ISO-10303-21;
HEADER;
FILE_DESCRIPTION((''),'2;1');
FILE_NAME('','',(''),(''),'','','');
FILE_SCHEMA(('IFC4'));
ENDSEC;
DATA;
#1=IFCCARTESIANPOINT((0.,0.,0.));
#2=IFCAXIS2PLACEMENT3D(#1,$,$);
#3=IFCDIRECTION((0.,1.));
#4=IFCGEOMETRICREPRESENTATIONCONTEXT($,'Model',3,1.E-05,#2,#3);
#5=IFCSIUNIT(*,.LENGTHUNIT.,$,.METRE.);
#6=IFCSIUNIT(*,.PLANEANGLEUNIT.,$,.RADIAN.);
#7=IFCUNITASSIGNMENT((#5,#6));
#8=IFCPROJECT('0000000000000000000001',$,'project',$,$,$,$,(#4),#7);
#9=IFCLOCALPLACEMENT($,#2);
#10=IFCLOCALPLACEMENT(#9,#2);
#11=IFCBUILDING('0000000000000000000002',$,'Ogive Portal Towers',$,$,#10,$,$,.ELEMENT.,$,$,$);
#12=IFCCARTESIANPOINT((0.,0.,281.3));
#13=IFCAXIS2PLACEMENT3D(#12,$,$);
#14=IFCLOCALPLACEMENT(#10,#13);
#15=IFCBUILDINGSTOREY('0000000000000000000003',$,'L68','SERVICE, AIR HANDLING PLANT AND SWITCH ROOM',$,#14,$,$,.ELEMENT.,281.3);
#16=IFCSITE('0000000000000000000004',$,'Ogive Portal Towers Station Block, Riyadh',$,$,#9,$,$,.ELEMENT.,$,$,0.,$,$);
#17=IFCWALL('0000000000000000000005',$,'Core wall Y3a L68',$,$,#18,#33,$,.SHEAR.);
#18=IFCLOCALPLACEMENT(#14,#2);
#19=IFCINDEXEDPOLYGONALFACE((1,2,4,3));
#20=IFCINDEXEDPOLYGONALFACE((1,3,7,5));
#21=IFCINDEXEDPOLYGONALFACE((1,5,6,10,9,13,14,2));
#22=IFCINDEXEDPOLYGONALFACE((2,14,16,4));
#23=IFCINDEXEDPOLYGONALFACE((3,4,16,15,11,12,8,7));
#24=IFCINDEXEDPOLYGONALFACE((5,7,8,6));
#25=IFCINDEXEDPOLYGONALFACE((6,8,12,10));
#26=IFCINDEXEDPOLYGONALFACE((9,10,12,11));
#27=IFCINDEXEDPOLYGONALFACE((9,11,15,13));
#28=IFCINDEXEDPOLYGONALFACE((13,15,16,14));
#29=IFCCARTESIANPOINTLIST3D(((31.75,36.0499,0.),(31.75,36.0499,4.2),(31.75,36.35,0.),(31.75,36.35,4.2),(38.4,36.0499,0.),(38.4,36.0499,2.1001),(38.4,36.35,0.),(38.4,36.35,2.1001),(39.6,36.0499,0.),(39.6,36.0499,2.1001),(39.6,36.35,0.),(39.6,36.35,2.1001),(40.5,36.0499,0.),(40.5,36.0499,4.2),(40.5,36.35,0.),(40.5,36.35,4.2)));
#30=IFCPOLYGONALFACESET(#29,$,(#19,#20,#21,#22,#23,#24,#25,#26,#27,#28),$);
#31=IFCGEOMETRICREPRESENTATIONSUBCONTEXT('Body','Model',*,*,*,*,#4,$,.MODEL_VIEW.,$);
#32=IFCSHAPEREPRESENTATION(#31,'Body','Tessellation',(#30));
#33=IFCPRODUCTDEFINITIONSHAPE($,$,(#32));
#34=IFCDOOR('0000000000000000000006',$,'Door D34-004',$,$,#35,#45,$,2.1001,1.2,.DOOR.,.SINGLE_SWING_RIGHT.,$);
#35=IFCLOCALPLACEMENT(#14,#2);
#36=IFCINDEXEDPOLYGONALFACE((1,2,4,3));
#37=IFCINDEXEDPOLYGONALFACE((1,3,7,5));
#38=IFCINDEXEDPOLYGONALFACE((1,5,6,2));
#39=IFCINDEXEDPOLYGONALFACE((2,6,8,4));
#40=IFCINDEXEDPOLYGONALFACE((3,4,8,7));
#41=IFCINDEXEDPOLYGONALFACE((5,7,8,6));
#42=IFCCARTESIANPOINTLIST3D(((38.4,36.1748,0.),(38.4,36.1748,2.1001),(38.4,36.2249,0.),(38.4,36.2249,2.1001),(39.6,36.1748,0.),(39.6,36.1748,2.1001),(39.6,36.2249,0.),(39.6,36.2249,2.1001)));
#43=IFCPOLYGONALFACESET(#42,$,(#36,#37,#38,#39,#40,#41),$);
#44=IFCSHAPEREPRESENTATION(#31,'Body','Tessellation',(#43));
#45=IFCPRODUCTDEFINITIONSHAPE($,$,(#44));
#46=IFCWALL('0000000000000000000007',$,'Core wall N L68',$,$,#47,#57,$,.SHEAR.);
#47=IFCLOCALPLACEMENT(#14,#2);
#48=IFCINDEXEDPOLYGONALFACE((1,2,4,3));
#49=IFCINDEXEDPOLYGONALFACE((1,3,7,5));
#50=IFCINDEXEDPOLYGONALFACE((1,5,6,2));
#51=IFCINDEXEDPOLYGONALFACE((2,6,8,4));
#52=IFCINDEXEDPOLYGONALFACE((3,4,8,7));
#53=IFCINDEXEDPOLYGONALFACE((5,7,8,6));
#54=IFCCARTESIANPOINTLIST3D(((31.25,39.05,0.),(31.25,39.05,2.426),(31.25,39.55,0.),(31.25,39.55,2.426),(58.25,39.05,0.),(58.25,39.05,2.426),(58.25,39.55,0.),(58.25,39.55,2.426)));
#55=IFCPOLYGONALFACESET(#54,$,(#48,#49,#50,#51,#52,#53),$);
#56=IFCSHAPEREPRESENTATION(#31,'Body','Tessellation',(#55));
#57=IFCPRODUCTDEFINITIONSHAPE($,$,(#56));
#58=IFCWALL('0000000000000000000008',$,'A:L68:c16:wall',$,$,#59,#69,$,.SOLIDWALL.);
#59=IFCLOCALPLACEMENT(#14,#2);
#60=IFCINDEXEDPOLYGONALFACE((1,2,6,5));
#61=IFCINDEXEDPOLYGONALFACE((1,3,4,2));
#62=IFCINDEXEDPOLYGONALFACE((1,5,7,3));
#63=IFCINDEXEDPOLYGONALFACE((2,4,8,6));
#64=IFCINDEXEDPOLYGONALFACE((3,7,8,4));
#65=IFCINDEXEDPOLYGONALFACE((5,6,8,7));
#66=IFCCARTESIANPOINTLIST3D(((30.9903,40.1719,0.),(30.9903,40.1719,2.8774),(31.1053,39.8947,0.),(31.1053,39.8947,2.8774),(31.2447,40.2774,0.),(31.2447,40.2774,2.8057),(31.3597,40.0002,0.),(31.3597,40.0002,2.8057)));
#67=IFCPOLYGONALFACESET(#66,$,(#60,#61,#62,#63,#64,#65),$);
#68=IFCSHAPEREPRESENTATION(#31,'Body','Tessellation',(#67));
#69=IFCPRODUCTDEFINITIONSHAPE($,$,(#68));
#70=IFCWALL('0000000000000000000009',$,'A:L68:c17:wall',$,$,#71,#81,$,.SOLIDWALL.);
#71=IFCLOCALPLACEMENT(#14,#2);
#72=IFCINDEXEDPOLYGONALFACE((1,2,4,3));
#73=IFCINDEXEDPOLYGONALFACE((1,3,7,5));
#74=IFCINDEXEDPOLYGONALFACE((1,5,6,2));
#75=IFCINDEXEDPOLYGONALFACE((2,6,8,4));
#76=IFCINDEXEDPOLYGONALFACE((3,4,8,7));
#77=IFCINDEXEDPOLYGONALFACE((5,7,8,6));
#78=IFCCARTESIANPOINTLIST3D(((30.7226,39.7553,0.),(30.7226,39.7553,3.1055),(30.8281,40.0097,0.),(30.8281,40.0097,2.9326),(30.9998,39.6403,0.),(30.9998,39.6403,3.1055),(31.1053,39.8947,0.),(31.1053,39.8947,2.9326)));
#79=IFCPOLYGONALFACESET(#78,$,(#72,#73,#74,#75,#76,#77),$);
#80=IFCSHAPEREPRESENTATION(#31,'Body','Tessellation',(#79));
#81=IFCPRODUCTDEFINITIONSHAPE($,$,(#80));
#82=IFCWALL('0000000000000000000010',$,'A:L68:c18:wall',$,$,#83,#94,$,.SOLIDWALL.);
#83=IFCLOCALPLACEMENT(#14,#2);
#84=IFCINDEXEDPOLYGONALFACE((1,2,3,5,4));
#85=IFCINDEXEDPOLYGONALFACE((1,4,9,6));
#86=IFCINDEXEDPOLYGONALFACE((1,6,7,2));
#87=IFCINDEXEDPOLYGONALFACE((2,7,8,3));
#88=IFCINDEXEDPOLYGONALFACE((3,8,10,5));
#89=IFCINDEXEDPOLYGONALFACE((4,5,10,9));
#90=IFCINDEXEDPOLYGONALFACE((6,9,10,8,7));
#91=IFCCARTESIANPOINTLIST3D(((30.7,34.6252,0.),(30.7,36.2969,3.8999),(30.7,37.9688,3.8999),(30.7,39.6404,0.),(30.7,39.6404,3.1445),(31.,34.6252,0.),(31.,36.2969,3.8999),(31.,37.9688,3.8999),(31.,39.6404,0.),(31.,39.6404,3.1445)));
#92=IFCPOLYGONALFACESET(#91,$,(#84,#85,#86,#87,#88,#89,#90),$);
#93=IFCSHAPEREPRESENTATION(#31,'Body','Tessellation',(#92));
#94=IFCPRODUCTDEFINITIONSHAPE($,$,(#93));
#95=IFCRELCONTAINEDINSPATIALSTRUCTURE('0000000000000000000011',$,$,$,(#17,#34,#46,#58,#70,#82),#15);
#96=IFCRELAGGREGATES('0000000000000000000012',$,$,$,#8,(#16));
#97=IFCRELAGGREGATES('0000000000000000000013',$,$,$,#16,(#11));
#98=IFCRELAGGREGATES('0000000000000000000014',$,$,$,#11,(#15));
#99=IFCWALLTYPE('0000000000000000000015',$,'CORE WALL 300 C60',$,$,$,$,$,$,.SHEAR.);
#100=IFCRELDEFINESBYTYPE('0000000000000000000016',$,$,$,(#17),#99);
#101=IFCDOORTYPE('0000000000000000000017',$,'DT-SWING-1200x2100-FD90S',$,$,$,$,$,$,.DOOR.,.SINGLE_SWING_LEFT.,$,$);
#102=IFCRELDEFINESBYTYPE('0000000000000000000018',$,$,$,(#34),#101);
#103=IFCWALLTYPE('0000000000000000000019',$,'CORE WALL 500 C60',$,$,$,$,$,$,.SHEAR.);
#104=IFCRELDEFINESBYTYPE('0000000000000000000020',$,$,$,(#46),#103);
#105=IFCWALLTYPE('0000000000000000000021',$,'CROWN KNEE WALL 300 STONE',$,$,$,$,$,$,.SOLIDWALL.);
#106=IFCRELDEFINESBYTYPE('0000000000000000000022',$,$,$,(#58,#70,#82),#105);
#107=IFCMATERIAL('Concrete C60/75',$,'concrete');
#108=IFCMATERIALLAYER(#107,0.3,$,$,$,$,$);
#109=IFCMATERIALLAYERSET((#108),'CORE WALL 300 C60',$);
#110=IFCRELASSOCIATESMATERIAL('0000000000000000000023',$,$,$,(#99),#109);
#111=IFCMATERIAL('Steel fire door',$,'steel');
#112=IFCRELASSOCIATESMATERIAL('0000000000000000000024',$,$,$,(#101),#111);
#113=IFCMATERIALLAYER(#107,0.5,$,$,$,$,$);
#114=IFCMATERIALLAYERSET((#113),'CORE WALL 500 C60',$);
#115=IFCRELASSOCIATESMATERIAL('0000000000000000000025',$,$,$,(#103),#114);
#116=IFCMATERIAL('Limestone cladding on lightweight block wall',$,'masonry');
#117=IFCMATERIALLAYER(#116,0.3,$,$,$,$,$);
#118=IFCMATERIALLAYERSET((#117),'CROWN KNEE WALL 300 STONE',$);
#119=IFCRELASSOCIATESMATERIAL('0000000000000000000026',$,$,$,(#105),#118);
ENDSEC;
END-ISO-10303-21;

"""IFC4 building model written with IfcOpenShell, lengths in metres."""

from ifc_helpers import new_model, si_unit, direction, frame, frame_2d, origin, place, context, subcontext, project, spatial, polyline, rectangle, outline, extrude, material, layer, layer_set, type_object, element, fill, save


model = new_model("IFC4")

# Units and contexts
model_context = context("Model", 3, precision=1e-05, world=origin(), true_north=direction((0.0, 1.0)))
body_context = subcontext(model_context, "Body", "Model", "MODEL_VIEW")
ifc_project = project(units=[si_unit("LENGTHUNIT", "METRE"), si_unit("PLANEANGLEUNIT", "RADIAN")], contexts=[model_context])

# Site, building, storey
site_placement = place(None, origin())
site = spatial("IfcSite", under=ifc_project, at=site_placement, Name="Ogive Portal Towers Station Block, Riyadh", CompositionType="ELEMENT", RefElevation=0.0)
building_placement = place(site_placement, origin())
building = spatial("IfcBuilding", under=site, at=building_placement, Name="Ogive Portal Towers", CompositionType="ELEMENT")
storey_placement = place(building_placement, frame((0.0, 0.0, 281.3)))
storey = spatial("IfcBuildingStorey", under=building, at=storey_placement, Name="L68", Description="SERVICE, AIR HANDLING PLANT AND SWITCH ROOM", CompositionType="ELEMENT", Elevation=281.3)

# Shared definitions
ifc_material_1 = material(Name="Concrete C60/75", Category="concrete")
ifc_layer_1 = layer(ifc_material_1, 0.3)
ifc_layer_set_1 = layer_set([ifc_layer_1], Name="CORE WALL 300 C60")
wall_type_1 = type_object("IfcWallType", Name="CORE WALL 300 C60", PredefinedType="SHEAR", material=ifc_layer_set_1)
ifc_material_2 = material(Name="Steel fire door", Category="steel")
door_type_1 = type_object("IfcDoorType", Name="DT-SWING-1200x2100-FD90S", OperationType="SINGLE_SWING_LEFT", PredefinedType="DOOR", material=ifc_material_2)

# Wall, opening, door
wall_1_placement = place(storey_placement, frame((31.75, 36.2, 0.0), z_axis=(0.0, 0.0, 1.0), x_axis=(1.0, 0.0, 0.0)))
wall_1 = element("IfcWall", 1, at=wall_1_placement, inside=storey, type_object=wall_type_1, Name="Core wall Y3a L68", PredefinedType="SHEAR", context=body_context, shape_type="SweptSolid", body=[
    extrude(rectangle(XDim=8.75, YDim=0.3, at=frame_2d((4.375, 0.0))), origin(), (0.0, 0.0, 1.0), 4.2),
])
opening_1_placement = place(wall_1_placement, frame((6.6499, 0.0, 0.0)))
opening_1 = element("IfcOpeningElement", 2, at=opening_1_placement, cuts=wall_1, PredefinedType="OPENING", context=body_context, shape_type="SweptSolid", body=[
    extrude(rectangle(XDim=1.2, YDim=2.1001, at=frame_2d((0.6001, 1.05))), frame((0.0, 0.1602, 0.0), z_axis=(0.0, -1.0, 0.0), x_axis=(1.0, 0.0, 0.0)), (0.0, 0.0, 1.0), 0.3201),
])
door_1_placement = place(opening_1_placement, origin())
door_1 = element("IfcDoor", 3, at=door_1_placement, inside=storey, type_object=door_type_1, Name="Door D34-004", OperationType="SINGLE_SWING_RIGHT", OverallHeight=2.1001, OverallWidth=1.2, PredefinedType="DOOR", context=body_context, shape_type="SweptSolid", body=[
    extrude(rectangle(XDim=1.2, YDim=2.1001, at=frame_2d((0.6001, 1.05))), frame((0.0, 0.0249, 0.0), z_axis=(0.0, -1.0, 0.0), x_axis=(1.0, 0.0, 0.0)), (0.0, 0.0, 1.0), 0.05),
])
fill(opening_1, door_1)

# Walls
ifc_layer_2 = layer(ifc_material_1, 0.5)
ifc_layer_set_2 = layer_set([ifc_layer_2], Name="CORE WALL 500 C60")
wall_type_2 = type_object("IfcWallType", Name="CORE WALL 500 C60", PredefinedType="SHEAR", material=ifc_layer_set_2)
wall_2_placement = place(storey_placement, frame((31.25, 39.3, 0.0), z_axis=(0.0, 0.0, 1.0), x_axis=(1.0, 0.0, 0.0)))
element("IfcWall", 4, at=wall_2_placement, inside=storey, type_object=wall_type_2, Name="Core wall N L68", PredefinedType="SHEAR", context=body_context, shape_type="SweptSolid", body=[
    extrude(rectangle(XDim=27.0, YDim=0.5, at=frame_2d((13.5, 0.0))), origin(), (0.0, 0.0, 1.0), 2.426),
])
ifc_material_3 = material(Name="Limestone cladding on lightweight block wall", Category="masonry")
ifc_layer_3 = layer(ifc_material_3, 0.3)
ifc_layer_set_3 = layer_set([ifc_layer_3], Name="CROWN KNEE WALL 300 STONE")
wall_type_3 = type_object("IfcWallType", Name="CROWN KNEE WALL 300 STONE", PredefinedType="SOLIDWALL", material=ifc_layer_set_3)
wall_3_placement = place(storey_placement, frame((31.3022, 40.1387, 0.0), z_axis=(0.0, 0.0, 1.0), x_axis=(-0.923757, -0.382978, 0.0)))
element("IfcWall", 5, at=wall_3_placement, inside=storey, type_object=wall_type_3, Name="A:L68:c16:wall", PredefinedType="SOLIDWALL", context=body_context, shape_type="SweptSolid", body=[
    extrude(outline(polyline([(0.0, 0.0), (0.2754, 0.0), (0.2754, 2.8774), (0.0, 2.8057), (0.0, 0.0)])), frame((0.0, 0.1499, 0.0), z_axis=(0.0, -1.0, 0.0), x_axis=(1.0, 0.0, 0.0)), (0.0, 0.0, 1.0), 0.3),
])
wall_4_placement = place(storey_placement, frame((30.9668, 39.9521, 0.0), z_axis=(0.0, 0.0, 1.0), x_axis=(-0.382978, -0.923757, 0.0)))
element("IfcWall", 6, at=wall_4_placement, inside=storey, type_object=wall_type_3, Name="A:L68:c17:wall", PredefinedType="SOLIDWALL", context=body_context, shape_type="SweptSolid", body=[
    extrude(outline(polyline([(0.0, 0.0), (0.2754, 0.0), (0.2754, 3.1055), (0.0, 2.9326), (0.0, 0.0)])), frame((0.0, 0.1499, 0.0), z_axis=(0.0, -1.0, 0.0), x_axis=(1.0, 0.0, 0.0)), (0.0, 0.0, 1.0), 0.3),
])
wall_5_placement = place(storey_placement, frame((30.8501, 39.6404, 0.0), z_axis=(0.0, 0.0, 1.0), x_axis=(0.0, -1.0, 0.0)))
element("IfcWall", 7, at=wall_5_placement, inside=storey, type_object=wall_type_3, Name="A:L68:c18:wall", PredefinedType="SOLIDWALL", context=body_context, shape_type="SweptSolid", body=[
    extrude(outline(polyline([(0.0, 0.0), (5.0154, 0.0), (5.0151, 3.8999), (5.0151, 0.0), (3.3435, 3.8999), (1.6716, 3.8999), (0.0, 3.1445), (0.0, 0.0)])), frame((0.0, 0.1499, 0.0), z_axis=(0.0, -1.0, 0.0), x_axis=(1.0, 0.0, 0.0)), (0.0, 0.0, 1.0), 0.3),
])

save(model, "model.ifc")
